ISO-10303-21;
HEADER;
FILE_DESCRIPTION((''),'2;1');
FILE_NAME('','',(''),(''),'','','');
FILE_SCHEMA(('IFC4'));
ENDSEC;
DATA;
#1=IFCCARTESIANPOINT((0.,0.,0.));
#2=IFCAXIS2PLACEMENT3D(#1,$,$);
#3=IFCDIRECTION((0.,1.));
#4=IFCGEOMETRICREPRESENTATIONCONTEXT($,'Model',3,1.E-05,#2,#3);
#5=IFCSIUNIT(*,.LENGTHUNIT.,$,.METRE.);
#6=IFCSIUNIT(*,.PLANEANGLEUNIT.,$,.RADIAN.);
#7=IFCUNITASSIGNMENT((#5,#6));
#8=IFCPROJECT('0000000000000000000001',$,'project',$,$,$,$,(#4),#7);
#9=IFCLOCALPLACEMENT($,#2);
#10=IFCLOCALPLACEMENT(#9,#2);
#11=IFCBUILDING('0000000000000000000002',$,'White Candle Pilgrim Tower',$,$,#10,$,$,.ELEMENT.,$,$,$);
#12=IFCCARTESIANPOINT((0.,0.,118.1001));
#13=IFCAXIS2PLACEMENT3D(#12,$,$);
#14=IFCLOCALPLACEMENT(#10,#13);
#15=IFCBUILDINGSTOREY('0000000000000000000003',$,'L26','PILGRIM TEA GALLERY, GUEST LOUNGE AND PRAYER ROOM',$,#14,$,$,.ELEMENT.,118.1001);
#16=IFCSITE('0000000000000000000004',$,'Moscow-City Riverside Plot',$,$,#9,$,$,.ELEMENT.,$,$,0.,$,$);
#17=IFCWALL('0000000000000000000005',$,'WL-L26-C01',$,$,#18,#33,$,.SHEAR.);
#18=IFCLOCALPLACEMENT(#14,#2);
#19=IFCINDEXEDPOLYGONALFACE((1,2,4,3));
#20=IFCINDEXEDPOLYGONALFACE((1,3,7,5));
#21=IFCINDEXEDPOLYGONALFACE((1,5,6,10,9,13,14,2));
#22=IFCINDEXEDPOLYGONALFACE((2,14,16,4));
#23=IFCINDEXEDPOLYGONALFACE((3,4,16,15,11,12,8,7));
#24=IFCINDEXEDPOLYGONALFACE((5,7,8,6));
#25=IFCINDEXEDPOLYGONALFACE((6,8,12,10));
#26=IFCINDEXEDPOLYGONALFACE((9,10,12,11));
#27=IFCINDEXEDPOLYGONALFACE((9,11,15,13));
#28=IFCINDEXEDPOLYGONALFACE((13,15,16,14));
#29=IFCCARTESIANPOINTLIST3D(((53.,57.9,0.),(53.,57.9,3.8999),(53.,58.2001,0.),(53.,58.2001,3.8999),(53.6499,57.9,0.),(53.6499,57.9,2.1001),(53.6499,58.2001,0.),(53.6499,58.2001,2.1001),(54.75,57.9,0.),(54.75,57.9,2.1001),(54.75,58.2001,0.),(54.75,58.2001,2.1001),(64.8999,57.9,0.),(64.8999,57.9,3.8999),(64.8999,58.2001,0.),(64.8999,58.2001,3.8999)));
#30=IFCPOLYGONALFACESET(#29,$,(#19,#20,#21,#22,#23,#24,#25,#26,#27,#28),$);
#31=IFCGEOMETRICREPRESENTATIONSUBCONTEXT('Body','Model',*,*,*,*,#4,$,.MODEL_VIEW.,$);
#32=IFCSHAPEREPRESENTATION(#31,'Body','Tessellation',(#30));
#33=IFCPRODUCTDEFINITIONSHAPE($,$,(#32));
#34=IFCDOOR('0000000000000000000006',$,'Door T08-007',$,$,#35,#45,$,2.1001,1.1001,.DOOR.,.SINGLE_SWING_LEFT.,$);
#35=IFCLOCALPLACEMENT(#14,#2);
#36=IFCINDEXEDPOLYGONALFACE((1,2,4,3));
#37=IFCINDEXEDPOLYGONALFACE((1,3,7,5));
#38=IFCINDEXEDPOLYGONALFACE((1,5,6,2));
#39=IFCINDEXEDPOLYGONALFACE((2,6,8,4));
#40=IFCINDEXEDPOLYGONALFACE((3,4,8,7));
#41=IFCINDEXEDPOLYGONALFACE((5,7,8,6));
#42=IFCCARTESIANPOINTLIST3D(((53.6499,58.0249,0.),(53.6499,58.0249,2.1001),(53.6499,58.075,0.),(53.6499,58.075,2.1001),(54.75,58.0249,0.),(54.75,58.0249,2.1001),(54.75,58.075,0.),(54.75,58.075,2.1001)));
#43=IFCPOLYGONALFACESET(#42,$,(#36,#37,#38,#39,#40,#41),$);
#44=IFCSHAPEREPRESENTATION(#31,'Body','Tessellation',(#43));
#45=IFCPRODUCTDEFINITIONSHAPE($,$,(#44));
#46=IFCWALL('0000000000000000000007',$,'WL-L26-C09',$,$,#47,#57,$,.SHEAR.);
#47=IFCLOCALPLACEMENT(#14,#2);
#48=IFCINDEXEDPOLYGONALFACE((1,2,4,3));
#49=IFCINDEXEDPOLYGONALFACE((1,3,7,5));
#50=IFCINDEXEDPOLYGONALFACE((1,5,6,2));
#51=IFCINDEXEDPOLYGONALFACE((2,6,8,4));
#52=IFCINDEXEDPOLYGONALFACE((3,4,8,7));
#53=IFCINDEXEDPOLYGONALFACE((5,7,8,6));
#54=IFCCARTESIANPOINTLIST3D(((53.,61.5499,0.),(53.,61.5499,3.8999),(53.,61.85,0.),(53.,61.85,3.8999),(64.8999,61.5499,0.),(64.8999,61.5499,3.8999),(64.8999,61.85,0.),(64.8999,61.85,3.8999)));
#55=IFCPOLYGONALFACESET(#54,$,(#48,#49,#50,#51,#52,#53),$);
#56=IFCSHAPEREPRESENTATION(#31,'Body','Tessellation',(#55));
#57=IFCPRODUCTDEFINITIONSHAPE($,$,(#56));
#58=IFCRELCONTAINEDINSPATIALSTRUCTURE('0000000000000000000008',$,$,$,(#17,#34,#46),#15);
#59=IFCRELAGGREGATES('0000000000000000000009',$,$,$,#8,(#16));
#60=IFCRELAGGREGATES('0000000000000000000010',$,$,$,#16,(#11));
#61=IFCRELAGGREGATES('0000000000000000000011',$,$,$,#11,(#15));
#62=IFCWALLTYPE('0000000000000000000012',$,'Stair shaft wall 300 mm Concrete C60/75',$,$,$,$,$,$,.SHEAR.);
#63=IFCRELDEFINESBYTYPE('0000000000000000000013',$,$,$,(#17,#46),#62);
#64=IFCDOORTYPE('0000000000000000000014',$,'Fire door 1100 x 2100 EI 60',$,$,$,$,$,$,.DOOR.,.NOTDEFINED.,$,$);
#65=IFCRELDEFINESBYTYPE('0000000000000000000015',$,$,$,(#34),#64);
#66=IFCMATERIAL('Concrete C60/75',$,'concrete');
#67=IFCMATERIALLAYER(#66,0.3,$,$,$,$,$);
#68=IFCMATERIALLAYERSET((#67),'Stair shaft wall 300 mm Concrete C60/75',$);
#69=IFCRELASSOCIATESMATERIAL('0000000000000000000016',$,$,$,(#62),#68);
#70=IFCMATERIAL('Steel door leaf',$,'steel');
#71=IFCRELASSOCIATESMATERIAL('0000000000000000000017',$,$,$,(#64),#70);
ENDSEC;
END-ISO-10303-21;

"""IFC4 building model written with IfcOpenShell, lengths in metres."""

from ifc_helpers import new_model, si_unit, direction, frame, frame_2d, origin, place, context, subcontext, project, spatial, rectangle, extrude, material, layer, layer_set, type_object, element, fill, save


model = new_model("IFC4")

# Units and contexts
model_context = context("Model", 3, precision=1e-05, world=origin(), true_north=direction((0.0, 1.0)))
body_context = subcontext(model_context, "Body", "Model", "MODEL_VIEW")
ifc_project = project(units=[si_unit("LENGTHUNIT", "METRE"), si_unit("PLANEANGLEUNIT", "RADIAN")], contexts=[model_context])

# Site, building, storey
site_placement = place(None, origin())
site = spatial("IfcSite", under=ifc_project, at=site_placement, Name="Moscow-City Riverside Plot", CompositionType="ELEMENT", RefElevation=0.0)
building_placement = place(site_placement, origin())
building = spatial("IfcBuilding", under=site, at=building_placement, Name="White Candle Pilgrim Tower", CompositionType="ELEMENT")
storey_placement = place(building_placement, frame((0.0, 0.0, 118.1001)))
storey = spatial("IfcBuildingStorey", under=building, at=storey_placement, Name="L26", Description="PILGRIM TEA GALLERY, GUEST LOUNGE AND PRAYER ROOM", CompositionType="ELEMENT", Elevation=118.1001)

# Shared definitions
ifc_material_1 = material(Name="Steel door leaf", Category="steel")

# Wall, opening, door
ifc_material_2 = material(Name="Concrete C60/75", Category="concrete")
ifc_layer_1 = layer(ifc_material_2, 0.3)
ifc_layer_set_1 = layer_set([ifc_layer_1], Name="Stair shaft wall 300 mm Concrete C60/75")
wall_type_1 = type_object("IfcWallType", Name="Stair shaft wall 300 mm Concrete C60/75", PredefinedType="SHEAR", material=ifc_layer_set_1)
wall_1_placement = place(storey_placement, frame((53.0, 58.05, 0.0), z_axis=(0.0, 0.0, 1.0), x_axis=(1.0, 0.0, 0.0)))
wall_1 = element("IfcWall", 1, at=wall_1_placement, inside=storey, type_object=wall_type_1, Name="WL-L26-C01", PredefinedType="SHEAR", context=body_context, shape_type="SweptSolid", body=[
    extrude(rectangle(XDim=11.8999, YDim=0.3, at=frame_2d((5.95, 0.0))), origin(), (0.0, 0.0, 1.0), 3.8999),
])
opening_1_placement = place(wall_1_placement, frame((0.6499, 0.0, 0.0)))
opening_1 = element("IfcOpeningElement", 2, at=opening_1_placement, cuts=wall_1, PredefinedType="OPENING", context=body_context, shape_type="SweptSolid", body=[
    extrude(rectangle(XDim=1.1001, YDim=2.1001, at=frame_2d((0.55, 1.05))), frame((0.0, 0.1599, 0.0), z_axis=(0.0, -1.0, 0.0), x_axis=(1.0, 0.0, 0.0)), (0.0, 0.0, 1.0), 0.3201),
])
door_type_1 = type_object("IfcDoorType", Name="Fire door 1100 x 2100 EI 60", OperationType="NOTDEFINED", PredefinedType="DOOR", material=ifc_material_1)
door_1_placement = place(opening_1_placement, origin())
door_1 = element("IfcDoor", 3, at=door_1_placement, inside=storey, type_object=door_type_1, Name="Door T08-007", OperationType="SINGLE_SWING_LEFT", OverallHeight=2.1001, OverallWidth=1.1001, PredefinedType="DOOR", context=body_context, shape_type="SweptSolid", body=[
    extrude(rectangle(XDim=1.1001, YDim=2.1001, at=frame_2d((0.55, 1.05))), frame((0.0, 0.0249, 0.0), z_axis=(0.0, -1.0, 0.0), x_axis=(1.0, 0.0, 0.0)), (0.0, 0.0, 1.0), 0.05),
])
fill(opening_1, door_1)

# Wall
wall_2_placement = place(storey_placement, frame((53.0, 61.7, 0.0), z_axis=(0.0, 0.0, 1.0), x_axis=(1.0, 0.0, 0.0)))
element("IfcWall", 4, at=wall_2_placement, inside=storey, type_object=wall_type_1, Name="WL-L26-C09", PredefinedType="SHEAR", context=body_context, shape_type="SweptSolid", body=[
    extrude(rectangle(XDim=11.8999, YDim=0.3, at=frame_2d((5.95, 0.0))), origin(), (0.0, 0.0, 1.0), 3.8999),
])

save(model, "model.ifc")
